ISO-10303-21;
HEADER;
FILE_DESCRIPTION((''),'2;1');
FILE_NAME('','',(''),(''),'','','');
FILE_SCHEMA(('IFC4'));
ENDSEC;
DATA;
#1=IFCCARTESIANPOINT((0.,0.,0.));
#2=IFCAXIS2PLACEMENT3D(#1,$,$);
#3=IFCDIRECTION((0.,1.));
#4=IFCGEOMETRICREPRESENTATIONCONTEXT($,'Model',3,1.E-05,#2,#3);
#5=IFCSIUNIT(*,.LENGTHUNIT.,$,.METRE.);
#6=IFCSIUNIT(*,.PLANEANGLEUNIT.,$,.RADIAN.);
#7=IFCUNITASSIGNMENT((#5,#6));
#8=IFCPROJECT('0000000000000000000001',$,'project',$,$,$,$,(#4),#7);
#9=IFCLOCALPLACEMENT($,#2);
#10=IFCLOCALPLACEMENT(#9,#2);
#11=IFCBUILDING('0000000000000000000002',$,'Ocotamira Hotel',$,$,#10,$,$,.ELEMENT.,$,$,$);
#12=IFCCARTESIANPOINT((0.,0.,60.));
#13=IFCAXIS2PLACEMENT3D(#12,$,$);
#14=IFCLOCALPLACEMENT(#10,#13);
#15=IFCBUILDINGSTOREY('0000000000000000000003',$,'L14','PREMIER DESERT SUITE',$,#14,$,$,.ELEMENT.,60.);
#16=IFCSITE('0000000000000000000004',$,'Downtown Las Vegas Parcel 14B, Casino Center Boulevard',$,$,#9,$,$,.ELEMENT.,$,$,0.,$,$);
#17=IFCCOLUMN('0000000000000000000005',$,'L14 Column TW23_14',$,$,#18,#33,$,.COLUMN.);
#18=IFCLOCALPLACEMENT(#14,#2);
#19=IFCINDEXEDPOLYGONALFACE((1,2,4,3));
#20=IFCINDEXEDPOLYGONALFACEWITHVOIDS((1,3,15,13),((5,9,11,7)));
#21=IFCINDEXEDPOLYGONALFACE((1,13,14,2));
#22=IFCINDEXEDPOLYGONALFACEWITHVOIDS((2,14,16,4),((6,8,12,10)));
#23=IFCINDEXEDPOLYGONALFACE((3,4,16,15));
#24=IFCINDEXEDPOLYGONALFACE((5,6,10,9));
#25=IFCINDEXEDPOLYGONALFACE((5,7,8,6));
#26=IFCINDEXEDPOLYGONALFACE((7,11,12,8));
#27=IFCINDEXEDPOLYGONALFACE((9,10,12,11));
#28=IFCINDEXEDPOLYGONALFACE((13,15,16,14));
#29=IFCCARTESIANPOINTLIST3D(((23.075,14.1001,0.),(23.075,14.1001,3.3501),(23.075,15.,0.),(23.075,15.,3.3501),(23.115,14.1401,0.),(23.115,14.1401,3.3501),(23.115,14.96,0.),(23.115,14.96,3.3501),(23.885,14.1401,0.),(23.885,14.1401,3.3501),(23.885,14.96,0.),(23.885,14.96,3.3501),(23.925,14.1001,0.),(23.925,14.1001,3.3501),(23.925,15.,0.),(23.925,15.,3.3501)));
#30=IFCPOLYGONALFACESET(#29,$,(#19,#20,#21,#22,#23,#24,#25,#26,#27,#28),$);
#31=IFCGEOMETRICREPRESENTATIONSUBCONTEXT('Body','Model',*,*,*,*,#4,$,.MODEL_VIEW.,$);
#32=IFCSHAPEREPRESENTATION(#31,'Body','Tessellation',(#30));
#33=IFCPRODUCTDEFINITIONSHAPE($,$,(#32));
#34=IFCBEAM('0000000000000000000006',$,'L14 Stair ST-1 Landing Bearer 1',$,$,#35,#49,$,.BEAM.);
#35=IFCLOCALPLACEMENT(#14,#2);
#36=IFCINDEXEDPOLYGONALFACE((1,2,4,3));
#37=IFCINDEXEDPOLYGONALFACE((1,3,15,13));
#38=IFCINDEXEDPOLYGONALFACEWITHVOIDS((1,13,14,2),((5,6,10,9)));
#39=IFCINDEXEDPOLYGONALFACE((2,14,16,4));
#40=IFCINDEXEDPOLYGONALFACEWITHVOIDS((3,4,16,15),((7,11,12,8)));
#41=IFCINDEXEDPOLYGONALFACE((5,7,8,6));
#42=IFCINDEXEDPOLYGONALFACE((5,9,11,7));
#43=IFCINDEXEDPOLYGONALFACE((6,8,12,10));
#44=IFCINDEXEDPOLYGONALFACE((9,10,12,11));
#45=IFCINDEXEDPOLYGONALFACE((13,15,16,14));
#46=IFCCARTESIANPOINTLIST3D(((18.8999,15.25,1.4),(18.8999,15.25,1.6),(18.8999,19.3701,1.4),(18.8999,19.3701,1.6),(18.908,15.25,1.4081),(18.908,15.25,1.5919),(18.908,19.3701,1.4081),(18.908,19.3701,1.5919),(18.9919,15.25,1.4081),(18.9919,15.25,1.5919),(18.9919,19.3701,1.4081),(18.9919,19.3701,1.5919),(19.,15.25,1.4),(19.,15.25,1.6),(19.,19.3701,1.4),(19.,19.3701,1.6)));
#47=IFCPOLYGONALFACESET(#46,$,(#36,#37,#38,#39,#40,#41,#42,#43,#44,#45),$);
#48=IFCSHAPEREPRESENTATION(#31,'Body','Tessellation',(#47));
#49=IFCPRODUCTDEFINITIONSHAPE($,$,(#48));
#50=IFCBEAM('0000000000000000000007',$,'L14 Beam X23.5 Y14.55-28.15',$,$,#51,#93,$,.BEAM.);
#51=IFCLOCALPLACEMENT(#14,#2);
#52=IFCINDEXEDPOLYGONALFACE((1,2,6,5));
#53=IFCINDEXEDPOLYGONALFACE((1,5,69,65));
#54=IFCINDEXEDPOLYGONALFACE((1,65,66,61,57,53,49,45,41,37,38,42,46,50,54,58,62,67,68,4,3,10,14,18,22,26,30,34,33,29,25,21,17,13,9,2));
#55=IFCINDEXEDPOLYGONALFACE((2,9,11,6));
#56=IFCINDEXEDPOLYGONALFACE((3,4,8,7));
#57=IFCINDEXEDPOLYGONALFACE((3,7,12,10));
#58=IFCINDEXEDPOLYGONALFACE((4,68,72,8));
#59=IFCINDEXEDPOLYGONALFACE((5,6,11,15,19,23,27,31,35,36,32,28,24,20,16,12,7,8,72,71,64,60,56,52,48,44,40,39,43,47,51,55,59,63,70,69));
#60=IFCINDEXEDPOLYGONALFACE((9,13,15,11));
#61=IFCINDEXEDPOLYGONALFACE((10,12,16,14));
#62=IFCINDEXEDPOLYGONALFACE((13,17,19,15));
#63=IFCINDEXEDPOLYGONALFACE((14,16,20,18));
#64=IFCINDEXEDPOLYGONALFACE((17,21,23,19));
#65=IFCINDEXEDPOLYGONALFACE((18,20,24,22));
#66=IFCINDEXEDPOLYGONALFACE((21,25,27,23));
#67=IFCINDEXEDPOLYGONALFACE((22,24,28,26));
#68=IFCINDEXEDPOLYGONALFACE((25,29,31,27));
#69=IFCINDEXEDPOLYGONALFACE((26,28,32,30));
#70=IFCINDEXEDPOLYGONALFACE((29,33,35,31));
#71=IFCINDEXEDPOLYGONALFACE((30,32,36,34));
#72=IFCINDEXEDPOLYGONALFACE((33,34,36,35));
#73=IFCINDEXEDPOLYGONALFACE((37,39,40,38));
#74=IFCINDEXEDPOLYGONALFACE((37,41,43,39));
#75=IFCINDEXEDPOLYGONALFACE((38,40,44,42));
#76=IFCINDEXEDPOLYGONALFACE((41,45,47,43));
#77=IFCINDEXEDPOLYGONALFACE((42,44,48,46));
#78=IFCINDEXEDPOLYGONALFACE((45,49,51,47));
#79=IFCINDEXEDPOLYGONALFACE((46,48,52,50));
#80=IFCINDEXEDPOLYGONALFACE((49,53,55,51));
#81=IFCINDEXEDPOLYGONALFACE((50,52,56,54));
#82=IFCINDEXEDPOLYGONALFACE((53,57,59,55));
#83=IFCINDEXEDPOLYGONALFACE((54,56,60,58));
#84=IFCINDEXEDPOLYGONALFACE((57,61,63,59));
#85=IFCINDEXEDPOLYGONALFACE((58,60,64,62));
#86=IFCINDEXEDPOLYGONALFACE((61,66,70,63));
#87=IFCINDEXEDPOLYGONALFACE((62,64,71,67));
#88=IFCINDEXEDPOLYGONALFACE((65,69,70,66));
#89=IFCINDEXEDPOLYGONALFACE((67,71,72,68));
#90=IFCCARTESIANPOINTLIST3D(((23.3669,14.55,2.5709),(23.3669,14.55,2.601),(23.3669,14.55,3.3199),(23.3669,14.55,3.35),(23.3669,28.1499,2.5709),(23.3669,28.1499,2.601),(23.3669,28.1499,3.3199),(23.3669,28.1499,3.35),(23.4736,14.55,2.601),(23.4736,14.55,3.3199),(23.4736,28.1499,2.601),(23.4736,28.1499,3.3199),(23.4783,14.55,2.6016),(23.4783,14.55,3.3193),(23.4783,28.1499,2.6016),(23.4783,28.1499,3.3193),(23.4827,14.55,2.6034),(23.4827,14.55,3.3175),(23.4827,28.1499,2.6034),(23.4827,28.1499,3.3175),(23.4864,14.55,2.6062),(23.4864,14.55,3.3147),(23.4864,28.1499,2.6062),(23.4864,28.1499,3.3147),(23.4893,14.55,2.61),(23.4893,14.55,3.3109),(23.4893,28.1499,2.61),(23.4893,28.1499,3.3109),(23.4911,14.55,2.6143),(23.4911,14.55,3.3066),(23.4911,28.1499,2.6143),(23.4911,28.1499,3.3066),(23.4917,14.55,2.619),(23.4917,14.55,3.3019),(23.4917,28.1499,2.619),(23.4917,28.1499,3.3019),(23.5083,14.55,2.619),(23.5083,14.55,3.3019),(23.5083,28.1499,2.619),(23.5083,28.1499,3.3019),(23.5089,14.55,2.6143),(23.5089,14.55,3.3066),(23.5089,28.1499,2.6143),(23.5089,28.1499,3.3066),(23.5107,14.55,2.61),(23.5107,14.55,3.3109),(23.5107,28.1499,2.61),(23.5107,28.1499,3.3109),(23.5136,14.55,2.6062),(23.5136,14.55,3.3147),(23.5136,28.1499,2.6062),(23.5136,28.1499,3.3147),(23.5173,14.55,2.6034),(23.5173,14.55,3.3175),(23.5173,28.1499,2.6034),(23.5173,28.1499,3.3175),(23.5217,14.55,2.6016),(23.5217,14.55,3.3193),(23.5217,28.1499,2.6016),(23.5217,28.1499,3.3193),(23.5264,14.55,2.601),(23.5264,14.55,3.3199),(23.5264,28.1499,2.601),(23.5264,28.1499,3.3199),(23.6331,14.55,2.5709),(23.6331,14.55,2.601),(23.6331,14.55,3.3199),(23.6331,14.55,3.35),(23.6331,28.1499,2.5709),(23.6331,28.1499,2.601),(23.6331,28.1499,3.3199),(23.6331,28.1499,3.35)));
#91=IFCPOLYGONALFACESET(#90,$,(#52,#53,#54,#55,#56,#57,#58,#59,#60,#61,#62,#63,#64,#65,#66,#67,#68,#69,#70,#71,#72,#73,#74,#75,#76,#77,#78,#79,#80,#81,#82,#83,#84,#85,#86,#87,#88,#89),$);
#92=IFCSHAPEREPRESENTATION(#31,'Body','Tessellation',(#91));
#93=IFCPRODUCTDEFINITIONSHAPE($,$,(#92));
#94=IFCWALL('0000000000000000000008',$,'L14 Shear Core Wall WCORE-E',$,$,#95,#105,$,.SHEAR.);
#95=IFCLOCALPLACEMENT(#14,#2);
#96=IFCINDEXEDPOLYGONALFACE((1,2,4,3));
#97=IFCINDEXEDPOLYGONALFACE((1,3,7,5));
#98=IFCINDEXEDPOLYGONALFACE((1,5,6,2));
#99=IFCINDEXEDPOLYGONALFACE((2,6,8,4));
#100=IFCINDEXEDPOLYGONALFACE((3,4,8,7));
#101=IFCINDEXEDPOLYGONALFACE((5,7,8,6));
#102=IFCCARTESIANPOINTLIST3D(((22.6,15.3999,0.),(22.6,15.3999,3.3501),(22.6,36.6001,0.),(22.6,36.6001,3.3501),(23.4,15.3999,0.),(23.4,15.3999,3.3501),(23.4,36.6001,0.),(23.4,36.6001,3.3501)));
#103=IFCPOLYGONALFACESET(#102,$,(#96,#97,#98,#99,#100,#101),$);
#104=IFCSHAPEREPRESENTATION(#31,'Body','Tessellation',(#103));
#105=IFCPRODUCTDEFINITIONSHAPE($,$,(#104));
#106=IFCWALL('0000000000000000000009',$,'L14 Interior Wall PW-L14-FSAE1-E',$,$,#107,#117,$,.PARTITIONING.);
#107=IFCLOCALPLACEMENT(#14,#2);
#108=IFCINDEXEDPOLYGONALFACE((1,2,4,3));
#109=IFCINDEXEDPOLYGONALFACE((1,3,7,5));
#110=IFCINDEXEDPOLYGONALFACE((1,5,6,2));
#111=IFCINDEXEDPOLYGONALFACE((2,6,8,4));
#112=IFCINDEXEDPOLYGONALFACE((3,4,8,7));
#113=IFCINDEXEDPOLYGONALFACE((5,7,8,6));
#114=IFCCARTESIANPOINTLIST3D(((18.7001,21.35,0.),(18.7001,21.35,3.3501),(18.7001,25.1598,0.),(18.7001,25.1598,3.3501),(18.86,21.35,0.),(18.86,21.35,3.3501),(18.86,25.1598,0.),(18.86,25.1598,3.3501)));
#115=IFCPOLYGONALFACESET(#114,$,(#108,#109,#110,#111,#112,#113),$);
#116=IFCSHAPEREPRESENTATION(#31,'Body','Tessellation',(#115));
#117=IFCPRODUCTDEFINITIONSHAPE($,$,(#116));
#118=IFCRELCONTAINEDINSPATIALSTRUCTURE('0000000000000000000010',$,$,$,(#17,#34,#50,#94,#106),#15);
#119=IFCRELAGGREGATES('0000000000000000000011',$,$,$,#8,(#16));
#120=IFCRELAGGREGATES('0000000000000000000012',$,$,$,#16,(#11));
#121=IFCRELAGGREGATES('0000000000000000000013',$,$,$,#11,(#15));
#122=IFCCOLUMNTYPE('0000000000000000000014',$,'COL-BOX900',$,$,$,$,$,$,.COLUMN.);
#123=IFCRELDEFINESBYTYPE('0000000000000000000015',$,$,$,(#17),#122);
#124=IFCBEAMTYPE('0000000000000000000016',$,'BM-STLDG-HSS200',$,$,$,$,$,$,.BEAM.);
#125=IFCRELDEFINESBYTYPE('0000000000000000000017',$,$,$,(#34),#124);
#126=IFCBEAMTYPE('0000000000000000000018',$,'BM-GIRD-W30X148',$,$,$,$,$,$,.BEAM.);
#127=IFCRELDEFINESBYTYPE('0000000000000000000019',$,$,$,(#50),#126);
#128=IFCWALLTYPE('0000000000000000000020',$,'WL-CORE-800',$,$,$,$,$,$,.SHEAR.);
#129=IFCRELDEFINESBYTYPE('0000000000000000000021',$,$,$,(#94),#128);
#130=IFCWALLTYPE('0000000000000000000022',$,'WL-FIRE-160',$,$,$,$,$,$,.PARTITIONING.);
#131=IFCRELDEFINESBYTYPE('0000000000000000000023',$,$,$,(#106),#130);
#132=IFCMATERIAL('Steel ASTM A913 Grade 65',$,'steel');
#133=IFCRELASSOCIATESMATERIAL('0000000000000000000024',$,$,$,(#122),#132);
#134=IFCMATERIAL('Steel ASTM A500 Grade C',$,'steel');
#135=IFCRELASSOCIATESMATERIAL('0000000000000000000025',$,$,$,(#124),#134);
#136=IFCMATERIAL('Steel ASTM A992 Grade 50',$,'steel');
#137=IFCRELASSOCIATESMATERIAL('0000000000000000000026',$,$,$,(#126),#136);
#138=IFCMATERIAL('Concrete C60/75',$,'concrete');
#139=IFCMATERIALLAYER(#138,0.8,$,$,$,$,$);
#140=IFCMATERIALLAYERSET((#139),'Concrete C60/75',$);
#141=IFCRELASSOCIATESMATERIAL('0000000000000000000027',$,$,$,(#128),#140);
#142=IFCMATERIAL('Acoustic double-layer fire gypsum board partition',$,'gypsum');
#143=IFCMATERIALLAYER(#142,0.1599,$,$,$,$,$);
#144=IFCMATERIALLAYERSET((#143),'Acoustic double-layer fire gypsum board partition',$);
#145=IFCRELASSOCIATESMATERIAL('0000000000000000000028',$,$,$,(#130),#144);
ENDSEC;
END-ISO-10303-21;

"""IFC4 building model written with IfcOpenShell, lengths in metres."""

from ifc_helpers import new_model, si_unit, direction, frame, frame_2d, origin, origin_2d, place, context, subcontext, project, spatial, rectangle, hollow_rectangle, i_section, extrude, source, transform, mapped, material, layer, layer_set, material_profile, profile_set, type_object, element, save


model = new_model("IFC4")

# Units and contexts
model_context = context("Model", 3, precision=1e-05, world=origin(), true_north=direction((0.0, 1.0)))
body_context = subcontext(model_context, "Body", "Model", "MODEL_VIEW")
ifc_project = project(units=[si_unit("LENGTHUNIT", "METRE"), si_unit("PLANEANGLEUNIT", "RADIAN")], contexts=[model_context])

# Site, building, storey
site_placement = place(None, origin())
site = spatial("IfcSite", under=ifc_project, at=site_placement, Name="Downtown Las Vegas Parcel 14B, Casino Center Boulevard", CompositionType="ELEMENT", RefElevation=0.0)
building_placement = place(site_placement, origin())
building = spatial("IfcBuilding", under=site, at=building_placement, Name="Ocotamira Hotel", CompositionType="ELEMENT")
storey_placement = place(building_placement, frame((0.0, 0.0, 60.0)))
storey = spatial("IfcBuildingStorey", under=building, at=storey_placement, Name="L14", Description="PREMIER DESERT SUITE", CompositionType="ELEMENT", Elevation=60.0)

# Column
ifc_material_1 = material(Name="Steel ASTM A913 Grade 65", Category="steel")
ifc_material_profile_1 = material_profile(ifc_material_1, hollow_rectangle(XDim=0.8501, YDim=0.8999, WallThickness=0.04, at=origin_2d()), Name="BOX900X850X40")
ifc_profile_set_1 = profile_set([ifc_material_profile_1], Name="Steel ASTM A913 Grade 65")
column_type = type_object("IfcColumnType", Name="COL-BOX900", PredefinedType="COLUMN", material=ifc_profile_set_1)
shared_shape_1 = source(origin(), body_context, "Body", "SweptSolid", [
    extrude(hollow_rectangle(XDim=0.8501, YDim=0.8999, WallThickness=0.04, at=origin_2d()), origin(), (0.0, 0.0, 1.0), 3.3501),
])
column_placement = place(storey_placement, frame((23.5, 14.55, 0.0), z_axis=(0.0, 0.0, 1.0), x_axis=(1.0, 0.0, 0.0)))
element("IfcColumn", 1, at=column_placement, inside=storey, type_object=column_type, Name="L14 Column TW23_14", PredefinedType="COLUMN", context=body_context, shape_type="MappedRepresentation", body=[
    mapped(shared_shape_1, transform((0.0, 0.0, 0.0), scale=1.0)),
])

# Beams
ifc_material_2 = material(Name="Steel ASTM A500 Grade C", Category="steel")
ifc_material_profile_2 = material_profile(ifc_material_2, hollow_rectangle(XDim=0.1001, YDim=0.2, WallThickness=0.0081, at=origin_2d()), Name="HSS200X100X8")
ifc_profile_set_2 = profile_set([ifc_material_profile_2], Name="Steel ASTM A500 Grade C")
beam_type_1 = type_object("IfcBeamType", Name="BM-STLDG-HSS200", PredefinedType="BEAM", material=ifc_profile_set_2)
shared_shape_2 = source(origin(), body_context, "Body", "SweptSolid", [
    extrude(hollow_rectangle(XDim=0.1001, YDim=0.2, WallThickness=0.0081, at=origin_2d()), origin(), (0.0, 0.0, 1.0), 4.1201),
])
beam_1_placement = place(storey_placement, frame((18.95, 15.25, 1.5), z_axis=(0.0, 1.0, 0.0), x_axis=(-1.0, 0.0, 0.0)))
element("IfcBeam", 2, at=beam_1_placement, inside=storey, type_object=beam_type_1, Name="L14 Stair ST-1 Landing Bearer 1", PredefinedType="BEAM", context=body_context, shape_type="MappedRepresentation", body=[
    mapped(shared_shape_2, transform((0.0, 0.0, 0.0), scale=1.0)),
])
ifc_material_3 = material(Name="Steel ASTM A992 Grade 50", Category="steel")
ifc_material_profile_3 = material_profile(ifc_material_3, i_section(OverallWidth=0.2661, OverallDepth=0.7791, WebThickness=0.0166, FlangeThickness=0.03, FilletRadius=0.0181, at=origin_2d()), Name="W30X148")
ifc_profile_set_3 = profile_set([ifc_material_profile_3], Name="Steel ASTM A992 Grade 50")
beam_type_2 = type_object("IfcBeamType", Name="BM-GIRD-W30X148", PredefinedType="BEAM", material=ifc_profile_set_3)
shared_shape_3 = source(origin(), body_context, "Body", "SweptSolid", [
    extrude(i_section(OverallWidth=0.2661, OverallDepth=0.7791, WebThickness=0.0166, FlangeThickness=0.03, FilletRadius=0.0181, at=origin_2d()), origin(), (0.0, 0.0, 1.0), 13.5999),
])
beam_2_placement = place(storey_placement, frame((23.5, 14.55, 2.9604), z_axis=(0.0, 1.0, 0.0), x_axis=(-1.0, 0.0, 0.0)))
element("IfcBeam", 3, at=beam_2_placement, inside=storey, type_object=beam_type_2, Name="L14 Beam X23.5 Y14.55-28.15", PredefinedType="BEAM", context=body_context, shape_type="MappedRepresentation", body=[
    mapped(shared_shape_3, transform((0.0, 0.0, 0.0), scale=1.0)),
])

# Wall
ifc_material_4 = material(Name="Concrete C60/75", Category="concrete")
ifc_layer_1 = layer(ifc_material_4, 0.8)
ifc_layer_set_1 = layer_set([ifc_layer_1], Name="Concrete C60/75")
wall_type_1 = type_object("IfcWallType", Name="WL-CORE-800", PredefinedType="SHEAR", material=ifc_layer_set_1)
wall_1_placement = place(storey_placement, frame((23.0, 15.3999, 0.0), z_axis=(0.0, 0.0, 1.0), x_axis=(0.0, 1.0, 0.0)))
element("IfcWall", 4, at=wall_1_placement, inside=storey, type_object=wall_type_1, Name="L14 Shear Core Wall WCORE-E", PredefinedType="SHEAR", context=body_context, shape_type="SweptSolid", body=[
    extrude(rectangle(XDim=21.2002, YDim=0.8, at=frame_2d((10.6001, 0.0))), origin(), (0.0, 0.0, 1.0), 3.3501),
])

# Shared definitions
ifc_material_5 = material(Name="Acoustic double-layer fire gypsum board partition", Category="gypsum")
ifc_layer_2 = layer(ifc_material_5, 0.1599)
ifc_layer_set_2 = layer_set([ifc_layer_2], Name="Acoustic double-layer fire gypsum board partition")
wall_type_2 = type_object("IfcWallType", Name="WL-FIRE-160", PredefinedType="PARTITIONING", material=ifc_layer_set_2)

# Wall
wall_2_placement = place(storey_placement, frame((18.78, 21.3501, 0.0), z_axis=(0.0, 0.0, 1.0), x_axis=(0.0, 1.0, 0.0)))
element("IfcWall", 5, at=wall_2_placement, inside=storey, type_object=wall_type_2, Name="L14 Interior Wall PW-L14-FSAE1-E", PredefinedType="PARTITIONING", context=body_context, shape_type="SweptSolid", body=[
    extrude(rectangle(XDim=3.8098, YDim=0.1599, at=frame_2d((1.9048, 0.0))), origin(), (0.0, 0.0, 1.0), 3.3501),
])

save(model, "model.ifc")
